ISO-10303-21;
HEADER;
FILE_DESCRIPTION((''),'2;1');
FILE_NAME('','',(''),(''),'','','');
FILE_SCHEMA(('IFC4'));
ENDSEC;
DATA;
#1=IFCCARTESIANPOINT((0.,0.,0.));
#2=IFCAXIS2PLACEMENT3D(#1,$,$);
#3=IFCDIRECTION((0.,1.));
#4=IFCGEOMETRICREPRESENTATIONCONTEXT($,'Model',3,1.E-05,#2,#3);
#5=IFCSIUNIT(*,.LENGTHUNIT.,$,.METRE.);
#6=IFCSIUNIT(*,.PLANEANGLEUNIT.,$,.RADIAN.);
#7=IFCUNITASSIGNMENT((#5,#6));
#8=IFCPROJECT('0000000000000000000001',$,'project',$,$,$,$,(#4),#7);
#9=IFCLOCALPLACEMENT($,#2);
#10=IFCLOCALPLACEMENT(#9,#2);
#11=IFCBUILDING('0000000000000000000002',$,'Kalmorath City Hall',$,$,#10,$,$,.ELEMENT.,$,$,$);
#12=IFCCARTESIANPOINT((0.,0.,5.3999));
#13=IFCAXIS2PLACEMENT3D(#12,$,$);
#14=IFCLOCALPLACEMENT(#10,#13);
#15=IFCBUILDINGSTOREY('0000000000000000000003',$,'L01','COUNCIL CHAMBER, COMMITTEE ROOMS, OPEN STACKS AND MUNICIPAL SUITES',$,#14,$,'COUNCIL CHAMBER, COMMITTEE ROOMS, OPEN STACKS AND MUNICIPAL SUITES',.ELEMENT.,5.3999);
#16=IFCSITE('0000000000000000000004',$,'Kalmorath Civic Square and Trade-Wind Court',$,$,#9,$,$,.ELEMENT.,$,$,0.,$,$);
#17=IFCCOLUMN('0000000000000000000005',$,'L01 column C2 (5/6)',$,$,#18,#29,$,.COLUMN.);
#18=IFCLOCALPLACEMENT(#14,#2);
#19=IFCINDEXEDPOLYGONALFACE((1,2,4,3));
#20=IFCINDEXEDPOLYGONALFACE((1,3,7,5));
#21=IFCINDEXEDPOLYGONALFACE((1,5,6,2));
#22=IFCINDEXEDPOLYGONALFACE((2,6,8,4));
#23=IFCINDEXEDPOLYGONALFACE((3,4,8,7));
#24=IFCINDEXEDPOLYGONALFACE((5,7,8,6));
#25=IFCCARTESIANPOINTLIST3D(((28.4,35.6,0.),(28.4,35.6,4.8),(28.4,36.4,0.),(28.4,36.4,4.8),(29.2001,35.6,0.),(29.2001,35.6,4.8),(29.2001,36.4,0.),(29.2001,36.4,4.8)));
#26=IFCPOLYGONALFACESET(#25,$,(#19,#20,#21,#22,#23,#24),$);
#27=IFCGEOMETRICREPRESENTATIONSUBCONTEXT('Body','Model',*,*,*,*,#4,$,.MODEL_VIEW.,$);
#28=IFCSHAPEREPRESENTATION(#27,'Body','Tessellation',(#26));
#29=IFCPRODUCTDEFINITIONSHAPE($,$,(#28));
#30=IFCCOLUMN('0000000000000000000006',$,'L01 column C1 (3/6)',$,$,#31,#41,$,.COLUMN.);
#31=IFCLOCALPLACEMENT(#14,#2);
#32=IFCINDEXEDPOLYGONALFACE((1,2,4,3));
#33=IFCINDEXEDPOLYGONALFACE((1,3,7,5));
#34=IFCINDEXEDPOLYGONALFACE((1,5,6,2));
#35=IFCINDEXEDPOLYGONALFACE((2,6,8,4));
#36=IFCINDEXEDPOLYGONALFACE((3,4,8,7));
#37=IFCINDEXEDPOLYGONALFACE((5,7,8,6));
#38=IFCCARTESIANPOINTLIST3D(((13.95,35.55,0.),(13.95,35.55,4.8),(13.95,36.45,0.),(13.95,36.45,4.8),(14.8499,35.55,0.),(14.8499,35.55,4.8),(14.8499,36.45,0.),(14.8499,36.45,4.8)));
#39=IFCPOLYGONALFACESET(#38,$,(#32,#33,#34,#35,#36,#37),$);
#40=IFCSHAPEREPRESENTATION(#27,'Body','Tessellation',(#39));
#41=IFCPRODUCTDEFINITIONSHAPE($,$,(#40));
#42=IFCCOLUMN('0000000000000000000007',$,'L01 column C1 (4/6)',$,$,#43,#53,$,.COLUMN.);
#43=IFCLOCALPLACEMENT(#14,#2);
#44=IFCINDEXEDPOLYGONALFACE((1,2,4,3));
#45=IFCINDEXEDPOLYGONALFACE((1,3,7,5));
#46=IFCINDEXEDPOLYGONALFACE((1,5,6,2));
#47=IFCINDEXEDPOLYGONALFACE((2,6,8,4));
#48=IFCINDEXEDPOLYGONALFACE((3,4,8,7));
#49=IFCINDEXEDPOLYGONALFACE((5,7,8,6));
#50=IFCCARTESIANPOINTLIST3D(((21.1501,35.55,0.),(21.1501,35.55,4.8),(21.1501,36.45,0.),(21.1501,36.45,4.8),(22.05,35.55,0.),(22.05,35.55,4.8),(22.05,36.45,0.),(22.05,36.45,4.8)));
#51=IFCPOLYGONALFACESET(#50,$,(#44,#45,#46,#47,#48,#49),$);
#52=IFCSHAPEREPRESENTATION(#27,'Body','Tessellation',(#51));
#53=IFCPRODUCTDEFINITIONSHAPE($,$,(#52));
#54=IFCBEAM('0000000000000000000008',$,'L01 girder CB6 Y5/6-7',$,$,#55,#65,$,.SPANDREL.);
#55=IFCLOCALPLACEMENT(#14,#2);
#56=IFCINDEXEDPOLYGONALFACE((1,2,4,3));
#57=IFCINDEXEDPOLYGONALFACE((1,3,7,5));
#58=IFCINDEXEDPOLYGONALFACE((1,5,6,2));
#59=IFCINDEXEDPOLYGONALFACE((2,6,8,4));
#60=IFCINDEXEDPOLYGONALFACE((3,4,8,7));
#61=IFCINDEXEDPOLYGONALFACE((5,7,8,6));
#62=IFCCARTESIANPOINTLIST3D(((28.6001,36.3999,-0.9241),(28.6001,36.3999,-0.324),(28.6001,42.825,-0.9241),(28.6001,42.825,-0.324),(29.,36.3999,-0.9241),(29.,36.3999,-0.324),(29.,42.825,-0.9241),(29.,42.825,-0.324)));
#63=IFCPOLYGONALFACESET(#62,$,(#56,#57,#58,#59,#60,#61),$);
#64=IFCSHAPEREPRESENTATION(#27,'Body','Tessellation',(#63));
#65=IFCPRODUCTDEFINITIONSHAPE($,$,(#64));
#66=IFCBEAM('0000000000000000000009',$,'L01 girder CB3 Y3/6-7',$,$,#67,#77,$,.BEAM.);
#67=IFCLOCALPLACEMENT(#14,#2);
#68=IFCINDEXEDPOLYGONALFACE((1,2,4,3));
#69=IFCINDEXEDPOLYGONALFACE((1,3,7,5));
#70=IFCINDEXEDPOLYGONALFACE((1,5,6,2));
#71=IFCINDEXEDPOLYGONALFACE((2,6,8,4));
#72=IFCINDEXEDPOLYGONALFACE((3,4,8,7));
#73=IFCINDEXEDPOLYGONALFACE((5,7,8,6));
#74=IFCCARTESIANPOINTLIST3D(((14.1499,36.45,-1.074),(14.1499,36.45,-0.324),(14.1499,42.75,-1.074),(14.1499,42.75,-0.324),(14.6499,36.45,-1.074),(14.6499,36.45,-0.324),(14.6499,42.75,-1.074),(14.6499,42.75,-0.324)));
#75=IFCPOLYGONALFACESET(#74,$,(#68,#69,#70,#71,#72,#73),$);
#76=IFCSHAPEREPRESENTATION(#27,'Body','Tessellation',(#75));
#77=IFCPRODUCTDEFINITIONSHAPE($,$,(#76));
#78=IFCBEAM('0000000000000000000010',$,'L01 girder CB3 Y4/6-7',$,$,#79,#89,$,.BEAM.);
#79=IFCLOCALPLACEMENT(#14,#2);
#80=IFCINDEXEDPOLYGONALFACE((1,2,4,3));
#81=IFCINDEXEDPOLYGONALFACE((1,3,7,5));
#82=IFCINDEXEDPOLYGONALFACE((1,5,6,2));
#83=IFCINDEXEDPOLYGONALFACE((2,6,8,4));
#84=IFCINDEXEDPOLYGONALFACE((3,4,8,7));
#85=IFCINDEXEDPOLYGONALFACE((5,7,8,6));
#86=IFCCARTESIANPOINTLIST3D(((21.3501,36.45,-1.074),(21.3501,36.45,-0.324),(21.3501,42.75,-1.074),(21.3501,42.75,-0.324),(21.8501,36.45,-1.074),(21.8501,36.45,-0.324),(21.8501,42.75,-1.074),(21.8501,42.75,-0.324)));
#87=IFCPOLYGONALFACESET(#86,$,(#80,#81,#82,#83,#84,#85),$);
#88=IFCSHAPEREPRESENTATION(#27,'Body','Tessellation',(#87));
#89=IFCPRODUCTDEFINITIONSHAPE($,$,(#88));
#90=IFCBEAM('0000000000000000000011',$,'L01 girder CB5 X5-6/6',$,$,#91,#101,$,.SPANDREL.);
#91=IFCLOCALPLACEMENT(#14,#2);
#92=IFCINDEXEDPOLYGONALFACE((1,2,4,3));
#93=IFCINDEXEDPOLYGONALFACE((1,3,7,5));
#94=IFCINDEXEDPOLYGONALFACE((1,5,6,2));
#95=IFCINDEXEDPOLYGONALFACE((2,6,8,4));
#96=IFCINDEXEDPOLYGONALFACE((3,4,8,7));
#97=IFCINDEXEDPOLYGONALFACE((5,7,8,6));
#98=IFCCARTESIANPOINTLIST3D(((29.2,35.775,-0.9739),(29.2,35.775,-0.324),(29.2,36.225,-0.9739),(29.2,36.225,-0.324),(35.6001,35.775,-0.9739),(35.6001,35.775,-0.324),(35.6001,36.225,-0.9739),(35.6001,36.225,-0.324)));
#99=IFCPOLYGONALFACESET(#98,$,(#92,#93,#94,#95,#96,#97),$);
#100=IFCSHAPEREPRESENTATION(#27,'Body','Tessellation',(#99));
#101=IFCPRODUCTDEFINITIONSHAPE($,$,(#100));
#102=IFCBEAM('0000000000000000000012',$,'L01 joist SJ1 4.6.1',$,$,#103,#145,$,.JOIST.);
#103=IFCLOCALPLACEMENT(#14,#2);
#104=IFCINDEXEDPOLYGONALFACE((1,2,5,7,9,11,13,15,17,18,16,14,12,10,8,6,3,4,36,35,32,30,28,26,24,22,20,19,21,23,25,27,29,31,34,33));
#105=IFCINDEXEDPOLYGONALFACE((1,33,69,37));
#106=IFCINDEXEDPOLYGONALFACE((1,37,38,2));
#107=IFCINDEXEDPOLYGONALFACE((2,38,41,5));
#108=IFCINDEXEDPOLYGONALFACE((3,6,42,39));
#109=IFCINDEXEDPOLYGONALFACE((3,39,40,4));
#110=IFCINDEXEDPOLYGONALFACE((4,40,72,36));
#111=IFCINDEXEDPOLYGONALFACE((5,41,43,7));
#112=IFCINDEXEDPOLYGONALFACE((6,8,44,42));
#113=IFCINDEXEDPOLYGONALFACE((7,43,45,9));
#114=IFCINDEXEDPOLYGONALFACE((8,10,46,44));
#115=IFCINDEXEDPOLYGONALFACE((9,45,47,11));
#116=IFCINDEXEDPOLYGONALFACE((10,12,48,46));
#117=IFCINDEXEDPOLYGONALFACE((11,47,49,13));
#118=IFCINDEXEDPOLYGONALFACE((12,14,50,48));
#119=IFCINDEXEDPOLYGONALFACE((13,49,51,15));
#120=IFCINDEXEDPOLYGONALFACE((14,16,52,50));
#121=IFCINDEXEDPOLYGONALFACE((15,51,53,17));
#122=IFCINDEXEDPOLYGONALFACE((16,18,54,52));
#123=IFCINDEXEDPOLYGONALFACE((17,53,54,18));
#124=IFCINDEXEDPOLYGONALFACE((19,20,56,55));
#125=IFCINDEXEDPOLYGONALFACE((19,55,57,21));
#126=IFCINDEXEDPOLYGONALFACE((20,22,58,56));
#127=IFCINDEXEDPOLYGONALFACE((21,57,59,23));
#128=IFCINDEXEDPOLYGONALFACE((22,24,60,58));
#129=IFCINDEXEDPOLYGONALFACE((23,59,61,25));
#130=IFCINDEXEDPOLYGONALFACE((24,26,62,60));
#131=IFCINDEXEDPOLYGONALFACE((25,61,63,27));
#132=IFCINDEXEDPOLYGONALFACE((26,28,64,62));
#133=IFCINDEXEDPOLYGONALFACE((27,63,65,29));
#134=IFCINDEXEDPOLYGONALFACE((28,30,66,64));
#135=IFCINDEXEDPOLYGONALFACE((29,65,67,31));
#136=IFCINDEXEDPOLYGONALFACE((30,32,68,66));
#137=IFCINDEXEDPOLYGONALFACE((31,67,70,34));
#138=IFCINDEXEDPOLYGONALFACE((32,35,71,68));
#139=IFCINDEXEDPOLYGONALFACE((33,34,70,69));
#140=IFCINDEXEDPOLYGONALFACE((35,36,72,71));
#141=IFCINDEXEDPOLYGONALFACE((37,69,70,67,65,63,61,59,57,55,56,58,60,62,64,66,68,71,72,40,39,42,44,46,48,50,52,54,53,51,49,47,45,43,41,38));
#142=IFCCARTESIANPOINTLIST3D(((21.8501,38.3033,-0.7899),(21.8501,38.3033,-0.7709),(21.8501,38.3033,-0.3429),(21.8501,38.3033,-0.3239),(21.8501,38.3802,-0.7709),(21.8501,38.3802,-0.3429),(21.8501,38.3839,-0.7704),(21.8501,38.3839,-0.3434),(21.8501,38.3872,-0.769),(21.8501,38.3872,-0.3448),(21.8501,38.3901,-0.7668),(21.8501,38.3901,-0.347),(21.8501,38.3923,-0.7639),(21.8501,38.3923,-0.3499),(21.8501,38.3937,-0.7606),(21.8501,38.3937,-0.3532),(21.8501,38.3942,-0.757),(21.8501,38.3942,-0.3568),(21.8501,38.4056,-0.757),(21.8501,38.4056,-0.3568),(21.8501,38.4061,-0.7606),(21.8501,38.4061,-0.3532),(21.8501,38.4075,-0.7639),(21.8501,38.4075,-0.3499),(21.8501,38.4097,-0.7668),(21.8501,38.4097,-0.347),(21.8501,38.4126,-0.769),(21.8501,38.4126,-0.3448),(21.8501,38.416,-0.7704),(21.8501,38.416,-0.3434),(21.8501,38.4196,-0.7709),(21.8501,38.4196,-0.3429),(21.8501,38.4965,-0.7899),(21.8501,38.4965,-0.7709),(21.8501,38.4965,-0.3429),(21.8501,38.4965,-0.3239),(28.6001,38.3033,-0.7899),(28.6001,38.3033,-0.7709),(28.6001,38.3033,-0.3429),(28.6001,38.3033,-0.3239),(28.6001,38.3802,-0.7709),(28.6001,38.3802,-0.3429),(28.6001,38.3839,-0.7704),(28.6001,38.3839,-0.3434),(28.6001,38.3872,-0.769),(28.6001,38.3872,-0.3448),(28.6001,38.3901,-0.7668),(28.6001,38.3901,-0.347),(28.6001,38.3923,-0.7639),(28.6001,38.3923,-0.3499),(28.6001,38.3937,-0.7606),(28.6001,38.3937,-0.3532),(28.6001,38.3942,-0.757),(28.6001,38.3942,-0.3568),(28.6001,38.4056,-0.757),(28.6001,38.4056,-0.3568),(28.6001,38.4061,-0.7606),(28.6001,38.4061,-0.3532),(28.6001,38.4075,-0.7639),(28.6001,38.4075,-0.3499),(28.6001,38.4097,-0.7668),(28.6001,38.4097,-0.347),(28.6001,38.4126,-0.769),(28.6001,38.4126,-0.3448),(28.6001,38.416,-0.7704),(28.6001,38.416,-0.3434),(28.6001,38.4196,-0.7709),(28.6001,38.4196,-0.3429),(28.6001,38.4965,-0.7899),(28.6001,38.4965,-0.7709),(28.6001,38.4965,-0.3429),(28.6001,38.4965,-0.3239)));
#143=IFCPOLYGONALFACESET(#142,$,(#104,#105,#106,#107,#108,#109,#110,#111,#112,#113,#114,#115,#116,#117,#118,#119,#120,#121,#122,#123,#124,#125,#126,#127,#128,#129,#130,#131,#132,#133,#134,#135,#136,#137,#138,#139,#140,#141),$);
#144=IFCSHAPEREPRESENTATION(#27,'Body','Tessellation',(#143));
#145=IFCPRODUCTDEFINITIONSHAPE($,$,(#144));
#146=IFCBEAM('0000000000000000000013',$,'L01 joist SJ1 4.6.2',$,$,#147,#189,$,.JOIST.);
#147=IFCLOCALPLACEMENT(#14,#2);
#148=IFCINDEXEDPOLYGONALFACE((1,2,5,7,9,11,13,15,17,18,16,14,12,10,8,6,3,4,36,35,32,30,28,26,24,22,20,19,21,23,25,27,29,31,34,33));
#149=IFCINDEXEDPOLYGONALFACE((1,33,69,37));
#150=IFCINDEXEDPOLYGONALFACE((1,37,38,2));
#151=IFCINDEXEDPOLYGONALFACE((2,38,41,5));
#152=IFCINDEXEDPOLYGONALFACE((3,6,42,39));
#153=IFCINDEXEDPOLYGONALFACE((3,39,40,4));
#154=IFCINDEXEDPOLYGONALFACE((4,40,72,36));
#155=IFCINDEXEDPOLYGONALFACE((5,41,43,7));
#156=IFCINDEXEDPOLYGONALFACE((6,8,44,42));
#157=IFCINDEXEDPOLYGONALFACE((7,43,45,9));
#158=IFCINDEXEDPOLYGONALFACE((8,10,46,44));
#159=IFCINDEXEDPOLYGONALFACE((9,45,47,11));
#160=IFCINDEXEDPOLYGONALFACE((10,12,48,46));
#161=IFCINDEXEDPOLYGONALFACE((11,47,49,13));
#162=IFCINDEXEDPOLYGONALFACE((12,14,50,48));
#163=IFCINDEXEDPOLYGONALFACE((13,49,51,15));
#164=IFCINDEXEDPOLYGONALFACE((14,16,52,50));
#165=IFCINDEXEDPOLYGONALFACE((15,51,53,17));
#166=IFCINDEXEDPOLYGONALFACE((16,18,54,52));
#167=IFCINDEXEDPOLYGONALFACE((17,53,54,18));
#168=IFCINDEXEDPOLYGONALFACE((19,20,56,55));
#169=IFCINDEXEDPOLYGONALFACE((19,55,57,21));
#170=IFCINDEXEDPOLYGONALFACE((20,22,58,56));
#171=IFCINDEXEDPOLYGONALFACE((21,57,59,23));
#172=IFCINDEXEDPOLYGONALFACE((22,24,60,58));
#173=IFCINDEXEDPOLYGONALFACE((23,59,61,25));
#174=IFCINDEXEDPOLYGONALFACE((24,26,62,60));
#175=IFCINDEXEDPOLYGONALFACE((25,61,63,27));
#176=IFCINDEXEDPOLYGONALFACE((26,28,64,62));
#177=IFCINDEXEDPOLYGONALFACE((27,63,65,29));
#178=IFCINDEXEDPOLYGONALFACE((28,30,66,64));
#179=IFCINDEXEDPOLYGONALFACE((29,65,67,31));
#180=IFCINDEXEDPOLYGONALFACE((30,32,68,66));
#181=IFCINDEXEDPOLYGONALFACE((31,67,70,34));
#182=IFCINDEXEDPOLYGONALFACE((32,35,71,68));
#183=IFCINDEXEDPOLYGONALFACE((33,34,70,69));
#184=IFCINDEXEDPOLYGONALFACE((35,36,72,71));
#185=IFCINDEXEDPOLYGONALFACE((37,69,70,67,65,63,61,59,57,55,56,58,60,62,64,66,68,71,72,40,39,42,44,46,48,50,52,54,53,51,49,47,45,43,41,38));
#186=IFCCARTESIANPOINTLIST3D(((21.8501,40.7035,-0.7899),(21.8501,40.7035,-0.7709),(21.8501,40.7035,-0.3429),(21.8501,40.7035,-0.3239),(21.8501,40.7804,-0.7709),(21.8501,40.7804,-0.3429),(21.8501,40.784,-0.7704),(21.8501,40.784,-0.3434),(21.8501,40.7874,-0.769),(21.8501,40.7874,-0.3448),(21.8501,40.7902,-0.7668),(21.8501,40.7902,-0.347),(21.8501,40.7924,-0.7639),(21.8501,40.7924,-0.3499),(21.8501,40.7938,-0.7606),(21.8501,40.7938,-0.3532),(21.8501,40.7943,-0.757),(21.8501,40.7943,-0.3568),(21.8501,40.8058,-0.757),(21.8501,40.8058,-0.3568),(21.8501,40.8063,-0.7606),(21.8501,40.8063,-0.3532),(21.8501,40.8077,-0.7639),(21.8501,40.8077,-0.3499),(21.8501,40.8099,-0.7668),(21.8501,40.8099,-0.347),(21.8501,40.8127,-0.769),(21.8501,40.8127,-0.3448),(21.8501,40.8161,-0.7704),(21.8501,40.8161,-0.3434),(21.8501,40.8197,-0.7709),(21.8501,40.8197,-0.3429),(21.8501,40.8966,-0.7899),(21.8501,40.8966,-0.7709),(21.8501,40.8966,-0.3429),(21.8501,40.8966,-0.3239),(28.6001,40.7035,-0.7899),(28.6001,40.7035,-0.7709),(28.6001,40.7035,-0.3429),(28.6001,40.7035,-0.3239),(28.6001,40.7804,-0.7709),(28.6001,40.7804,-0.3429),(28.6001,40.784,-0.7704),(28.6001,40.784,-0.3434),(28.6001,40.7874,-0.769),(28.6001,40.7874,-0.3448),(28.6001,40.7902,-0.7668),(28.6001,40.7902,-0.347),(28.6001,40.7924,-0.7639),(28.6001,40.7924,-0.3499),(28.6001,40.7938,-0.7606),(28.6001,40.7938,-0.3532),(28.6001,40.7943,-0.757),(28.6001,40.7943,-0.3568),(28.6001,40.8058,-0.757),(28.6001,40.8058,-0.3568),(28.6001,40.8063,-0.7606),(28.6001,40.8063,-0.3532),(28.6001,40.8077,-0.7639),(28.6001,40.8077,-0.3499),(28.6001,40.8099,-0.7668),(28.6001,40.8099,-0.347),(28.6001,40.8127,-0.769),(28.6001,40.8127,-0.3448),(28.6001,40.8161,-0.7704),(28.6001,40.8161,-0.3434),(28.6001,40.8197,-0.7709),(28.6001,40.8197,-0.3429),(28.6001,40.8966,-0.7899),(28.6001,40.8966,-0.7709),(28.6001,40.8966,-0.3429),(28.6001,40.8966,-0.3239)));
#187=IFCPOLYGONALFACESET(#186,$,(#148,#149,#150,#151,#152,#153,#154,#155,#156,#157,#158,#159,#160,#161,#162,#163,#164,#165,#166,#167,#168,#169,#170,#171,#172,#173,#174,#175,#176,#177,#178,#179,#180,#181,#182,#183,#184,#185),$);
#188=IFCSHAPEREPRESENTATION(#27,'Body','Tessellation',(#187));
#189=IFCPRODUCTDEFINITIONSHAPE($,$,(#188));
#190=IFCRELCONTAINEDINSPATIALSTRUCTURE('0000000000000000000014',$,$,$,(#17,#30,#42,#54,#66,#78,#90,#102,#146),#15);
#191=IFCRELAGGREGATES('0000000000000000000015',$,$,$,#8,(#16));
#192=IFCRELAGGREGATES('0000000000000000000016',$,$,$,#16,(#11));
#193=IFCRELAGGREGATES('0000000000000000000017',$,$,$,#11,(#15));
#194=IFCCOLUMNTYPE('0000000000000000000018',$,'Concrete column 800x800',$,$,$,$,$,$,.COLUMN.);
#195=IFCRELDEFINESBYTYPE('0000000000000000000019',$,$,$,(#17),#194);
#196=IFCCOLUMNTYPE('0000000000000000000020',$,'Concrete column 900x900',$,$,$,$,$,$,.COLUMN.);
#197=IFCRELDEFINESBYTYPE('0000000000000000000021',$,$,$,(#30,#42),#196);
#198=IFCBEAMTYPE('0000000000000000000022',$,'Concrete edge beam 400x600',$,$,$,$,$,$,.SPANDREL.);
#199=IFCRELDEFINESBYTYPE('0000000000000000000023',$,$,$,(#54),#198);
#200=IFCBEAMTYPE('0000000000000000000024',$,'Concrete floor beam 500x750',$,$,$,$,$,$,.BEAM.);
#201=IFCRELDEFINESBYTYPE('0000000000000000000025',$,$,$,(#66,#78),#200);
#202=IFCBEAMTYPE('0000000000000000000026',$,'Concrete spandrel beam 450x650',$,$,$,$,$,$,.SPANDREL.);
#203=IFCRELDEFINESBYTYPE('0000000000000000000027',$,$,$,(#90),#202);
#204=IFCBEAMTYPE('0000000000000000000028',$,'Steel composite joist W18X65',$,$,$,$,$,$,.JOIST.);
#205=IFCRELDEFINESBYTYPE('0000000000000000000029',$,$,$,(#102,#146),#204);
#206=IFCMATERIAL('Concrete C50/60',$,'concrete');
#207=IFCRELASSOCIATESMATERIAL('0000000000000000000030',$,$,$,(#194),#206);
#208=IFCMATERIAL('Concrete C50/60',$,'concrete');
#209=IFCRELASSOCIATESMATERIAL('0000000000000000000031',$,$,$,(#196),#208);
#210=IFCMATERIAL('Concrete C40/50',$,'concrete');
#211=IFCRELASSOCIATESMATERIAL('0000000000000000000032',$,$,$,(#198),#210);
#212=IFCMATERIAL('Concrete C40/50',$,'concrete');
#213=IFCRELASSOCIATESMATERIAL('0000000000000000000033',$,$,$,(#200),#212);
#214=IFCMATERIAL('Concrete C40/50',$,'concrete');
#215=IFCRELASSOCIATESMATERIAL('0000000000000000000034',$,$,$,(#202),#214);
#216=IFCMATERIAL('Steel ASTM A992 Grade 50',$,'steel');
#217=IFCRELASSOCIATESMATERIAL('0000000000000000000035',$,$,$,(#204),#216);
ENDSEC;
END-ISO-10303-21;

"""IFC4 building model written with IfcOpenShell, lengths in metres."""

from ifc_helpers import new_model, si_unit, direction, frame, origin, origin_2d, place, context, subcontext, project, spatial, rectangle, i_section, extrude, material, material_profile, profile_set, type_object, element, save


model = new_model("IFC4")

# Units and contexts
model_context = context("Model", 3, precision=1e-05, world=origin(), true_north=direction((0.0, 1.0)))
body_context = subcontext(model_context, "Body", "Model", "MODEL_VIEW")
ifc_project = project(units=[si_unit("LENGTHUNIT", "METRE"), si_unit("PLANEANGLEUNIT", "RADIAN")], contexts=[model_context])

# Site, building, storey
site_placement = place(None, origin())
site = spatial("IfcSite", under=ifc_project, at=site_placement, Name="Kalmorath Civic Square and Trade-Wind Court", CompositionType="ELEMENT", RefElevation=0.0)
building_placement = place(site_placement, origin())
building = spatial("IfcBuilding", under=site, at=building_placement, Name="Kalmorath City Hall", CompositionType="ELEMENT")
storey_placement = place(building_placement, frame((0.0, 0.0, 5.3999)))
storey = spatial("IfcBuildingStorey", under=building, at=storey_placement, Name="L01", Description="COUNCIL CHAMBER, COMMITTEE ROOMS, OPEN STACKS AND MUNICIPAL SUITES", LongName="COUNCIL CHAMBER, COMMITTEE ROOMS, OPEN STACKS AND MUNICIPAL SUITES", CompositionType="ELEMENT", Elevation=5.3999)

# Columns
ifc_material_1 = material(Name="Concrete C50/60", Category="concrete")
ifc_material_profile_1 = material_profile(ifc_material_1, rectangle(XDim=0.8, YDim=0.8, at=origin_2d()), Name="RC-COL-800X800")
ifc_profile_set_1 = profile_set([ifc_material_profile_1], Name="Concrete C50/60")
column_type_1 = type_object("IfcColumnType", Name="Concrete column 800x800", PredefinedType="COLUMN", material=ifc_profile_set_1)
column_placement = place(storey_placement, frame((28.8, 36.0, 0.0), z_axis=(0.0, 0.0, 1.0), x_axis=(1.0, 0.0, 0.0)))
element("IfcColumn", 1, at=column_placement, inside=storey, type_object=column_type_1, Name="L01 column C2 (5/6)", PredefinedType="COLUMN", context=body_context, shape_type="SweptSolid", body=[
    extrude(rectangle(XDim=0.8, YDim=0.8, at=origin_2d()), origin(), (0.0, 0.0, 1.0), 4.8),
])
ifc_material_2 = material(Name="Concrete C50/60", Category="concrete")
ifc_material_profile_2 = material_profile(ifc_material_2, rectangle(XDim=0.8999, YDim=0.8999, at=origin_2d()), Name="RC-COL-900X900")
ifc_profile_set_2 = profile_set([ifc_material_profile_2], Name="Concrete C50/60")
column_type_2 = type_object("IfcColumnType", Name="Concrete column 900x900", PredefinedType="COLUMN", material=ifc_profile_set_2)
for number, where, z_axis, x_axis, name in (
    (2, (14.3999, 36.0, 0.0), (0.0, 0.0, 1.0), (1.0, 0.0, 0.0), "L01 column C1 (3/6)"),
    (3, (21.6001, 36.0, 0.0), (0.0, 0.0, 1.0), (1.0, 0.0, 0.0), "L01 column C1 (4/6)"),
):
    element("IfcColumn", number, at=place(storey_placement, frame(where, z_axis=z_axis, x_axis=x_axis)), inside=storey, type_object=column_type_2, Name=name, PredefinedType="COLUMN", context=body_context, shape_type="SweptSolid", body=[
        extrude(rectangle(XDim=0.8999, YDim=0.8999, at=origin_2d()), origin(), (0.0, 0.0, 1.0), 4.8),
    ])

# Beams
ifc_material_3 = material(Name="Concrete C40/50", Category="concrete")
ifc_material_profile_3 = material_profile(ifc_material_3, rectangle(XDim=0.3999, YDim=0.6001, at=origin_2d()), Name="RC-BM-400X600")
ifc_profile_set_3 = profile_set([ifc_material_profile_3], Name="Concrete C40/50")
beam_type_1 = type_object("IfcBeamType", Name="Concrete edge beam 400x600", PredefinedType="SPANDREL", material=ifc_profile_set_3)
beam_1_placement = place(storey_placement, frame((28.8, 36.3999, -0.624), z_axis=(0.0, 1.0, 0.0), x_axis=(-1.0, 0.0, 0.0)))
element("IfcBeam", 4, at=beam_1_placement, inside=storey, type_object=beam_type_1, Name="L01 girder CB6 Y5/6-7", PredefinedType="SPANDREL", context=body_context, shape_type="SweptSolid", body=[
    extrude(rectangle(XDim=0.3999, YDim=0.6001, at=origin_2d()), origin(), (0.0, 0.0, 1.0), 6.425),
])
ifc_material_4 = material(Name="Concrete C40/50", Category="concrete")
ifc_material_profile_4 = material_profile(ifc_material_4, rectangle(XDim=0.5, YDim=0.75, at=origin_2d()), Name="RC-BM-500X750")
ifc_profile_set_4 = profile_set([ifc_material_profile_4], Name="Concrete C40/50")
beam_type_2 = type_object("IfcBeamType", Name="Concrete floor beam 500x750", PredefinedType="BEAM", material=ifc_profile_set_4)
for number, where, z_axis, x_axis, name in (
    (5, (14.3999, 36.45, -0.699), (0.0, 1.0, 0.0), (-1.0, 0.0, 0.0), "L01 girder CB3 Y3/6-7"),
    (6, (21.6001, 36.45, -0.699), (0.0, 1.0, 0.0), (-1.0, 0.0, 0.0), "L01 girder CB3 Y4/6-7"),
):
    element("IfcBeam", number, at=place(storey_placement, frame(where, z_axis=z_axis, x_axis=x_axis)), inside=storey, type_object=beam_type_2, Name=name, PredefinedType="BEAM", context=body_context, shape_type="SweptSolid", body=[
        extrude(rectangle(XDim=0.5, YDim=0.75, at=origin_2d()), origin(), (0.0, 0.0, 1.0), 6.3),
    ])
ifc_material_5 = material(Name="Concrete C40/50", Category="concrete")
ifc_material_profile_5 = material_profile(ifc_material_5, rectangle(XDim=0.45, YDim=0.6499, at=origin_2d()), Name="RC-BM-450X650")
ifc_profile_set_5 = profile_set([ifc_material_profile_5], Name="Concrete C40/50")
beam_type_3 = type_object("IfcBeamType", Name="Concrete spandrel beam 450x650", PredefinedType="SPANDREL", material=ifc_profile_set_5)
beam_2_placement = place(storey_placement, frame((29.2, 36.0, -0.6489), z_axis=(1.0, 0.0, 0.0), x_axis=(0.0, 1.0, 0.0)))
element("IfcBeam", 7, at=beam_2_placement, inside=storey, type_object=beam_type_3, Name="L01 girder CB5 X5-6/6", PredefinedType="SPANDREL", context=body_context, shape_type="SweptSolid", body=[
    extrude(rectangle(XDim=0.45, YDim=0.6499, at=origin_2d()), origin(), (0.0, 0.0, 1.0), 6.4001),
])
ifc_material_6 = material(Name="Steel ASTM A992 Grade 50", Category="steel")
ifc_material_profile_6 = material_profile(ifc_material_6, i_section(OverallWidth=0.1931, OverallDepth=0.4661, WebThickness=0.0115, FlangeThickness=0.019, FilletRadius=0.0139, at=origin_2d()), Name="W18X65")
ifc_profile_set_6 = profile_set([ifc_material_profile_6], Name="Steel ASTM A992 Grade 50")
beam_type_4 = type_object("IfcBeamType", Name="Steel composite joist W18X65", PredefinedType="JOIST", material=ifc_profile_set_6)
for number, where, z_axis, x_axis, name in (
    (8, (21.8501, 38.3999, -0.5569), (1.0, 0.0, 0.0), (0.0, 1.0, 0.0), "L01 joist SJ1 4.6.1"),
    (9, (21.8501, 40.8, -0.5569), (1.0, 0.0, 0.0), (0.0, 1.0, 0.0), "L01 joist SJ1 4.6.2"),
):
    element("IfcBeam", number, at=place(storey_placement, frame(where, z_axis=z_axis, x_axis=x_axis)), inside=storey, type_object=beam_type_4, Name=name, PredefinedType="JOIST", context=body_context, shape_type="SweptSolid", body=[
        extrude(i_section(OverallWidth=0.1931, OverallDepth=0.4661, WebThickness=0.0115, FlangeThickness=0.019, FilletRadius=0.0139, at=origin_2d()), origin(), (0.0, 0.0, 1.0), 6.75),
    ])

save(model, "model.ifc")
